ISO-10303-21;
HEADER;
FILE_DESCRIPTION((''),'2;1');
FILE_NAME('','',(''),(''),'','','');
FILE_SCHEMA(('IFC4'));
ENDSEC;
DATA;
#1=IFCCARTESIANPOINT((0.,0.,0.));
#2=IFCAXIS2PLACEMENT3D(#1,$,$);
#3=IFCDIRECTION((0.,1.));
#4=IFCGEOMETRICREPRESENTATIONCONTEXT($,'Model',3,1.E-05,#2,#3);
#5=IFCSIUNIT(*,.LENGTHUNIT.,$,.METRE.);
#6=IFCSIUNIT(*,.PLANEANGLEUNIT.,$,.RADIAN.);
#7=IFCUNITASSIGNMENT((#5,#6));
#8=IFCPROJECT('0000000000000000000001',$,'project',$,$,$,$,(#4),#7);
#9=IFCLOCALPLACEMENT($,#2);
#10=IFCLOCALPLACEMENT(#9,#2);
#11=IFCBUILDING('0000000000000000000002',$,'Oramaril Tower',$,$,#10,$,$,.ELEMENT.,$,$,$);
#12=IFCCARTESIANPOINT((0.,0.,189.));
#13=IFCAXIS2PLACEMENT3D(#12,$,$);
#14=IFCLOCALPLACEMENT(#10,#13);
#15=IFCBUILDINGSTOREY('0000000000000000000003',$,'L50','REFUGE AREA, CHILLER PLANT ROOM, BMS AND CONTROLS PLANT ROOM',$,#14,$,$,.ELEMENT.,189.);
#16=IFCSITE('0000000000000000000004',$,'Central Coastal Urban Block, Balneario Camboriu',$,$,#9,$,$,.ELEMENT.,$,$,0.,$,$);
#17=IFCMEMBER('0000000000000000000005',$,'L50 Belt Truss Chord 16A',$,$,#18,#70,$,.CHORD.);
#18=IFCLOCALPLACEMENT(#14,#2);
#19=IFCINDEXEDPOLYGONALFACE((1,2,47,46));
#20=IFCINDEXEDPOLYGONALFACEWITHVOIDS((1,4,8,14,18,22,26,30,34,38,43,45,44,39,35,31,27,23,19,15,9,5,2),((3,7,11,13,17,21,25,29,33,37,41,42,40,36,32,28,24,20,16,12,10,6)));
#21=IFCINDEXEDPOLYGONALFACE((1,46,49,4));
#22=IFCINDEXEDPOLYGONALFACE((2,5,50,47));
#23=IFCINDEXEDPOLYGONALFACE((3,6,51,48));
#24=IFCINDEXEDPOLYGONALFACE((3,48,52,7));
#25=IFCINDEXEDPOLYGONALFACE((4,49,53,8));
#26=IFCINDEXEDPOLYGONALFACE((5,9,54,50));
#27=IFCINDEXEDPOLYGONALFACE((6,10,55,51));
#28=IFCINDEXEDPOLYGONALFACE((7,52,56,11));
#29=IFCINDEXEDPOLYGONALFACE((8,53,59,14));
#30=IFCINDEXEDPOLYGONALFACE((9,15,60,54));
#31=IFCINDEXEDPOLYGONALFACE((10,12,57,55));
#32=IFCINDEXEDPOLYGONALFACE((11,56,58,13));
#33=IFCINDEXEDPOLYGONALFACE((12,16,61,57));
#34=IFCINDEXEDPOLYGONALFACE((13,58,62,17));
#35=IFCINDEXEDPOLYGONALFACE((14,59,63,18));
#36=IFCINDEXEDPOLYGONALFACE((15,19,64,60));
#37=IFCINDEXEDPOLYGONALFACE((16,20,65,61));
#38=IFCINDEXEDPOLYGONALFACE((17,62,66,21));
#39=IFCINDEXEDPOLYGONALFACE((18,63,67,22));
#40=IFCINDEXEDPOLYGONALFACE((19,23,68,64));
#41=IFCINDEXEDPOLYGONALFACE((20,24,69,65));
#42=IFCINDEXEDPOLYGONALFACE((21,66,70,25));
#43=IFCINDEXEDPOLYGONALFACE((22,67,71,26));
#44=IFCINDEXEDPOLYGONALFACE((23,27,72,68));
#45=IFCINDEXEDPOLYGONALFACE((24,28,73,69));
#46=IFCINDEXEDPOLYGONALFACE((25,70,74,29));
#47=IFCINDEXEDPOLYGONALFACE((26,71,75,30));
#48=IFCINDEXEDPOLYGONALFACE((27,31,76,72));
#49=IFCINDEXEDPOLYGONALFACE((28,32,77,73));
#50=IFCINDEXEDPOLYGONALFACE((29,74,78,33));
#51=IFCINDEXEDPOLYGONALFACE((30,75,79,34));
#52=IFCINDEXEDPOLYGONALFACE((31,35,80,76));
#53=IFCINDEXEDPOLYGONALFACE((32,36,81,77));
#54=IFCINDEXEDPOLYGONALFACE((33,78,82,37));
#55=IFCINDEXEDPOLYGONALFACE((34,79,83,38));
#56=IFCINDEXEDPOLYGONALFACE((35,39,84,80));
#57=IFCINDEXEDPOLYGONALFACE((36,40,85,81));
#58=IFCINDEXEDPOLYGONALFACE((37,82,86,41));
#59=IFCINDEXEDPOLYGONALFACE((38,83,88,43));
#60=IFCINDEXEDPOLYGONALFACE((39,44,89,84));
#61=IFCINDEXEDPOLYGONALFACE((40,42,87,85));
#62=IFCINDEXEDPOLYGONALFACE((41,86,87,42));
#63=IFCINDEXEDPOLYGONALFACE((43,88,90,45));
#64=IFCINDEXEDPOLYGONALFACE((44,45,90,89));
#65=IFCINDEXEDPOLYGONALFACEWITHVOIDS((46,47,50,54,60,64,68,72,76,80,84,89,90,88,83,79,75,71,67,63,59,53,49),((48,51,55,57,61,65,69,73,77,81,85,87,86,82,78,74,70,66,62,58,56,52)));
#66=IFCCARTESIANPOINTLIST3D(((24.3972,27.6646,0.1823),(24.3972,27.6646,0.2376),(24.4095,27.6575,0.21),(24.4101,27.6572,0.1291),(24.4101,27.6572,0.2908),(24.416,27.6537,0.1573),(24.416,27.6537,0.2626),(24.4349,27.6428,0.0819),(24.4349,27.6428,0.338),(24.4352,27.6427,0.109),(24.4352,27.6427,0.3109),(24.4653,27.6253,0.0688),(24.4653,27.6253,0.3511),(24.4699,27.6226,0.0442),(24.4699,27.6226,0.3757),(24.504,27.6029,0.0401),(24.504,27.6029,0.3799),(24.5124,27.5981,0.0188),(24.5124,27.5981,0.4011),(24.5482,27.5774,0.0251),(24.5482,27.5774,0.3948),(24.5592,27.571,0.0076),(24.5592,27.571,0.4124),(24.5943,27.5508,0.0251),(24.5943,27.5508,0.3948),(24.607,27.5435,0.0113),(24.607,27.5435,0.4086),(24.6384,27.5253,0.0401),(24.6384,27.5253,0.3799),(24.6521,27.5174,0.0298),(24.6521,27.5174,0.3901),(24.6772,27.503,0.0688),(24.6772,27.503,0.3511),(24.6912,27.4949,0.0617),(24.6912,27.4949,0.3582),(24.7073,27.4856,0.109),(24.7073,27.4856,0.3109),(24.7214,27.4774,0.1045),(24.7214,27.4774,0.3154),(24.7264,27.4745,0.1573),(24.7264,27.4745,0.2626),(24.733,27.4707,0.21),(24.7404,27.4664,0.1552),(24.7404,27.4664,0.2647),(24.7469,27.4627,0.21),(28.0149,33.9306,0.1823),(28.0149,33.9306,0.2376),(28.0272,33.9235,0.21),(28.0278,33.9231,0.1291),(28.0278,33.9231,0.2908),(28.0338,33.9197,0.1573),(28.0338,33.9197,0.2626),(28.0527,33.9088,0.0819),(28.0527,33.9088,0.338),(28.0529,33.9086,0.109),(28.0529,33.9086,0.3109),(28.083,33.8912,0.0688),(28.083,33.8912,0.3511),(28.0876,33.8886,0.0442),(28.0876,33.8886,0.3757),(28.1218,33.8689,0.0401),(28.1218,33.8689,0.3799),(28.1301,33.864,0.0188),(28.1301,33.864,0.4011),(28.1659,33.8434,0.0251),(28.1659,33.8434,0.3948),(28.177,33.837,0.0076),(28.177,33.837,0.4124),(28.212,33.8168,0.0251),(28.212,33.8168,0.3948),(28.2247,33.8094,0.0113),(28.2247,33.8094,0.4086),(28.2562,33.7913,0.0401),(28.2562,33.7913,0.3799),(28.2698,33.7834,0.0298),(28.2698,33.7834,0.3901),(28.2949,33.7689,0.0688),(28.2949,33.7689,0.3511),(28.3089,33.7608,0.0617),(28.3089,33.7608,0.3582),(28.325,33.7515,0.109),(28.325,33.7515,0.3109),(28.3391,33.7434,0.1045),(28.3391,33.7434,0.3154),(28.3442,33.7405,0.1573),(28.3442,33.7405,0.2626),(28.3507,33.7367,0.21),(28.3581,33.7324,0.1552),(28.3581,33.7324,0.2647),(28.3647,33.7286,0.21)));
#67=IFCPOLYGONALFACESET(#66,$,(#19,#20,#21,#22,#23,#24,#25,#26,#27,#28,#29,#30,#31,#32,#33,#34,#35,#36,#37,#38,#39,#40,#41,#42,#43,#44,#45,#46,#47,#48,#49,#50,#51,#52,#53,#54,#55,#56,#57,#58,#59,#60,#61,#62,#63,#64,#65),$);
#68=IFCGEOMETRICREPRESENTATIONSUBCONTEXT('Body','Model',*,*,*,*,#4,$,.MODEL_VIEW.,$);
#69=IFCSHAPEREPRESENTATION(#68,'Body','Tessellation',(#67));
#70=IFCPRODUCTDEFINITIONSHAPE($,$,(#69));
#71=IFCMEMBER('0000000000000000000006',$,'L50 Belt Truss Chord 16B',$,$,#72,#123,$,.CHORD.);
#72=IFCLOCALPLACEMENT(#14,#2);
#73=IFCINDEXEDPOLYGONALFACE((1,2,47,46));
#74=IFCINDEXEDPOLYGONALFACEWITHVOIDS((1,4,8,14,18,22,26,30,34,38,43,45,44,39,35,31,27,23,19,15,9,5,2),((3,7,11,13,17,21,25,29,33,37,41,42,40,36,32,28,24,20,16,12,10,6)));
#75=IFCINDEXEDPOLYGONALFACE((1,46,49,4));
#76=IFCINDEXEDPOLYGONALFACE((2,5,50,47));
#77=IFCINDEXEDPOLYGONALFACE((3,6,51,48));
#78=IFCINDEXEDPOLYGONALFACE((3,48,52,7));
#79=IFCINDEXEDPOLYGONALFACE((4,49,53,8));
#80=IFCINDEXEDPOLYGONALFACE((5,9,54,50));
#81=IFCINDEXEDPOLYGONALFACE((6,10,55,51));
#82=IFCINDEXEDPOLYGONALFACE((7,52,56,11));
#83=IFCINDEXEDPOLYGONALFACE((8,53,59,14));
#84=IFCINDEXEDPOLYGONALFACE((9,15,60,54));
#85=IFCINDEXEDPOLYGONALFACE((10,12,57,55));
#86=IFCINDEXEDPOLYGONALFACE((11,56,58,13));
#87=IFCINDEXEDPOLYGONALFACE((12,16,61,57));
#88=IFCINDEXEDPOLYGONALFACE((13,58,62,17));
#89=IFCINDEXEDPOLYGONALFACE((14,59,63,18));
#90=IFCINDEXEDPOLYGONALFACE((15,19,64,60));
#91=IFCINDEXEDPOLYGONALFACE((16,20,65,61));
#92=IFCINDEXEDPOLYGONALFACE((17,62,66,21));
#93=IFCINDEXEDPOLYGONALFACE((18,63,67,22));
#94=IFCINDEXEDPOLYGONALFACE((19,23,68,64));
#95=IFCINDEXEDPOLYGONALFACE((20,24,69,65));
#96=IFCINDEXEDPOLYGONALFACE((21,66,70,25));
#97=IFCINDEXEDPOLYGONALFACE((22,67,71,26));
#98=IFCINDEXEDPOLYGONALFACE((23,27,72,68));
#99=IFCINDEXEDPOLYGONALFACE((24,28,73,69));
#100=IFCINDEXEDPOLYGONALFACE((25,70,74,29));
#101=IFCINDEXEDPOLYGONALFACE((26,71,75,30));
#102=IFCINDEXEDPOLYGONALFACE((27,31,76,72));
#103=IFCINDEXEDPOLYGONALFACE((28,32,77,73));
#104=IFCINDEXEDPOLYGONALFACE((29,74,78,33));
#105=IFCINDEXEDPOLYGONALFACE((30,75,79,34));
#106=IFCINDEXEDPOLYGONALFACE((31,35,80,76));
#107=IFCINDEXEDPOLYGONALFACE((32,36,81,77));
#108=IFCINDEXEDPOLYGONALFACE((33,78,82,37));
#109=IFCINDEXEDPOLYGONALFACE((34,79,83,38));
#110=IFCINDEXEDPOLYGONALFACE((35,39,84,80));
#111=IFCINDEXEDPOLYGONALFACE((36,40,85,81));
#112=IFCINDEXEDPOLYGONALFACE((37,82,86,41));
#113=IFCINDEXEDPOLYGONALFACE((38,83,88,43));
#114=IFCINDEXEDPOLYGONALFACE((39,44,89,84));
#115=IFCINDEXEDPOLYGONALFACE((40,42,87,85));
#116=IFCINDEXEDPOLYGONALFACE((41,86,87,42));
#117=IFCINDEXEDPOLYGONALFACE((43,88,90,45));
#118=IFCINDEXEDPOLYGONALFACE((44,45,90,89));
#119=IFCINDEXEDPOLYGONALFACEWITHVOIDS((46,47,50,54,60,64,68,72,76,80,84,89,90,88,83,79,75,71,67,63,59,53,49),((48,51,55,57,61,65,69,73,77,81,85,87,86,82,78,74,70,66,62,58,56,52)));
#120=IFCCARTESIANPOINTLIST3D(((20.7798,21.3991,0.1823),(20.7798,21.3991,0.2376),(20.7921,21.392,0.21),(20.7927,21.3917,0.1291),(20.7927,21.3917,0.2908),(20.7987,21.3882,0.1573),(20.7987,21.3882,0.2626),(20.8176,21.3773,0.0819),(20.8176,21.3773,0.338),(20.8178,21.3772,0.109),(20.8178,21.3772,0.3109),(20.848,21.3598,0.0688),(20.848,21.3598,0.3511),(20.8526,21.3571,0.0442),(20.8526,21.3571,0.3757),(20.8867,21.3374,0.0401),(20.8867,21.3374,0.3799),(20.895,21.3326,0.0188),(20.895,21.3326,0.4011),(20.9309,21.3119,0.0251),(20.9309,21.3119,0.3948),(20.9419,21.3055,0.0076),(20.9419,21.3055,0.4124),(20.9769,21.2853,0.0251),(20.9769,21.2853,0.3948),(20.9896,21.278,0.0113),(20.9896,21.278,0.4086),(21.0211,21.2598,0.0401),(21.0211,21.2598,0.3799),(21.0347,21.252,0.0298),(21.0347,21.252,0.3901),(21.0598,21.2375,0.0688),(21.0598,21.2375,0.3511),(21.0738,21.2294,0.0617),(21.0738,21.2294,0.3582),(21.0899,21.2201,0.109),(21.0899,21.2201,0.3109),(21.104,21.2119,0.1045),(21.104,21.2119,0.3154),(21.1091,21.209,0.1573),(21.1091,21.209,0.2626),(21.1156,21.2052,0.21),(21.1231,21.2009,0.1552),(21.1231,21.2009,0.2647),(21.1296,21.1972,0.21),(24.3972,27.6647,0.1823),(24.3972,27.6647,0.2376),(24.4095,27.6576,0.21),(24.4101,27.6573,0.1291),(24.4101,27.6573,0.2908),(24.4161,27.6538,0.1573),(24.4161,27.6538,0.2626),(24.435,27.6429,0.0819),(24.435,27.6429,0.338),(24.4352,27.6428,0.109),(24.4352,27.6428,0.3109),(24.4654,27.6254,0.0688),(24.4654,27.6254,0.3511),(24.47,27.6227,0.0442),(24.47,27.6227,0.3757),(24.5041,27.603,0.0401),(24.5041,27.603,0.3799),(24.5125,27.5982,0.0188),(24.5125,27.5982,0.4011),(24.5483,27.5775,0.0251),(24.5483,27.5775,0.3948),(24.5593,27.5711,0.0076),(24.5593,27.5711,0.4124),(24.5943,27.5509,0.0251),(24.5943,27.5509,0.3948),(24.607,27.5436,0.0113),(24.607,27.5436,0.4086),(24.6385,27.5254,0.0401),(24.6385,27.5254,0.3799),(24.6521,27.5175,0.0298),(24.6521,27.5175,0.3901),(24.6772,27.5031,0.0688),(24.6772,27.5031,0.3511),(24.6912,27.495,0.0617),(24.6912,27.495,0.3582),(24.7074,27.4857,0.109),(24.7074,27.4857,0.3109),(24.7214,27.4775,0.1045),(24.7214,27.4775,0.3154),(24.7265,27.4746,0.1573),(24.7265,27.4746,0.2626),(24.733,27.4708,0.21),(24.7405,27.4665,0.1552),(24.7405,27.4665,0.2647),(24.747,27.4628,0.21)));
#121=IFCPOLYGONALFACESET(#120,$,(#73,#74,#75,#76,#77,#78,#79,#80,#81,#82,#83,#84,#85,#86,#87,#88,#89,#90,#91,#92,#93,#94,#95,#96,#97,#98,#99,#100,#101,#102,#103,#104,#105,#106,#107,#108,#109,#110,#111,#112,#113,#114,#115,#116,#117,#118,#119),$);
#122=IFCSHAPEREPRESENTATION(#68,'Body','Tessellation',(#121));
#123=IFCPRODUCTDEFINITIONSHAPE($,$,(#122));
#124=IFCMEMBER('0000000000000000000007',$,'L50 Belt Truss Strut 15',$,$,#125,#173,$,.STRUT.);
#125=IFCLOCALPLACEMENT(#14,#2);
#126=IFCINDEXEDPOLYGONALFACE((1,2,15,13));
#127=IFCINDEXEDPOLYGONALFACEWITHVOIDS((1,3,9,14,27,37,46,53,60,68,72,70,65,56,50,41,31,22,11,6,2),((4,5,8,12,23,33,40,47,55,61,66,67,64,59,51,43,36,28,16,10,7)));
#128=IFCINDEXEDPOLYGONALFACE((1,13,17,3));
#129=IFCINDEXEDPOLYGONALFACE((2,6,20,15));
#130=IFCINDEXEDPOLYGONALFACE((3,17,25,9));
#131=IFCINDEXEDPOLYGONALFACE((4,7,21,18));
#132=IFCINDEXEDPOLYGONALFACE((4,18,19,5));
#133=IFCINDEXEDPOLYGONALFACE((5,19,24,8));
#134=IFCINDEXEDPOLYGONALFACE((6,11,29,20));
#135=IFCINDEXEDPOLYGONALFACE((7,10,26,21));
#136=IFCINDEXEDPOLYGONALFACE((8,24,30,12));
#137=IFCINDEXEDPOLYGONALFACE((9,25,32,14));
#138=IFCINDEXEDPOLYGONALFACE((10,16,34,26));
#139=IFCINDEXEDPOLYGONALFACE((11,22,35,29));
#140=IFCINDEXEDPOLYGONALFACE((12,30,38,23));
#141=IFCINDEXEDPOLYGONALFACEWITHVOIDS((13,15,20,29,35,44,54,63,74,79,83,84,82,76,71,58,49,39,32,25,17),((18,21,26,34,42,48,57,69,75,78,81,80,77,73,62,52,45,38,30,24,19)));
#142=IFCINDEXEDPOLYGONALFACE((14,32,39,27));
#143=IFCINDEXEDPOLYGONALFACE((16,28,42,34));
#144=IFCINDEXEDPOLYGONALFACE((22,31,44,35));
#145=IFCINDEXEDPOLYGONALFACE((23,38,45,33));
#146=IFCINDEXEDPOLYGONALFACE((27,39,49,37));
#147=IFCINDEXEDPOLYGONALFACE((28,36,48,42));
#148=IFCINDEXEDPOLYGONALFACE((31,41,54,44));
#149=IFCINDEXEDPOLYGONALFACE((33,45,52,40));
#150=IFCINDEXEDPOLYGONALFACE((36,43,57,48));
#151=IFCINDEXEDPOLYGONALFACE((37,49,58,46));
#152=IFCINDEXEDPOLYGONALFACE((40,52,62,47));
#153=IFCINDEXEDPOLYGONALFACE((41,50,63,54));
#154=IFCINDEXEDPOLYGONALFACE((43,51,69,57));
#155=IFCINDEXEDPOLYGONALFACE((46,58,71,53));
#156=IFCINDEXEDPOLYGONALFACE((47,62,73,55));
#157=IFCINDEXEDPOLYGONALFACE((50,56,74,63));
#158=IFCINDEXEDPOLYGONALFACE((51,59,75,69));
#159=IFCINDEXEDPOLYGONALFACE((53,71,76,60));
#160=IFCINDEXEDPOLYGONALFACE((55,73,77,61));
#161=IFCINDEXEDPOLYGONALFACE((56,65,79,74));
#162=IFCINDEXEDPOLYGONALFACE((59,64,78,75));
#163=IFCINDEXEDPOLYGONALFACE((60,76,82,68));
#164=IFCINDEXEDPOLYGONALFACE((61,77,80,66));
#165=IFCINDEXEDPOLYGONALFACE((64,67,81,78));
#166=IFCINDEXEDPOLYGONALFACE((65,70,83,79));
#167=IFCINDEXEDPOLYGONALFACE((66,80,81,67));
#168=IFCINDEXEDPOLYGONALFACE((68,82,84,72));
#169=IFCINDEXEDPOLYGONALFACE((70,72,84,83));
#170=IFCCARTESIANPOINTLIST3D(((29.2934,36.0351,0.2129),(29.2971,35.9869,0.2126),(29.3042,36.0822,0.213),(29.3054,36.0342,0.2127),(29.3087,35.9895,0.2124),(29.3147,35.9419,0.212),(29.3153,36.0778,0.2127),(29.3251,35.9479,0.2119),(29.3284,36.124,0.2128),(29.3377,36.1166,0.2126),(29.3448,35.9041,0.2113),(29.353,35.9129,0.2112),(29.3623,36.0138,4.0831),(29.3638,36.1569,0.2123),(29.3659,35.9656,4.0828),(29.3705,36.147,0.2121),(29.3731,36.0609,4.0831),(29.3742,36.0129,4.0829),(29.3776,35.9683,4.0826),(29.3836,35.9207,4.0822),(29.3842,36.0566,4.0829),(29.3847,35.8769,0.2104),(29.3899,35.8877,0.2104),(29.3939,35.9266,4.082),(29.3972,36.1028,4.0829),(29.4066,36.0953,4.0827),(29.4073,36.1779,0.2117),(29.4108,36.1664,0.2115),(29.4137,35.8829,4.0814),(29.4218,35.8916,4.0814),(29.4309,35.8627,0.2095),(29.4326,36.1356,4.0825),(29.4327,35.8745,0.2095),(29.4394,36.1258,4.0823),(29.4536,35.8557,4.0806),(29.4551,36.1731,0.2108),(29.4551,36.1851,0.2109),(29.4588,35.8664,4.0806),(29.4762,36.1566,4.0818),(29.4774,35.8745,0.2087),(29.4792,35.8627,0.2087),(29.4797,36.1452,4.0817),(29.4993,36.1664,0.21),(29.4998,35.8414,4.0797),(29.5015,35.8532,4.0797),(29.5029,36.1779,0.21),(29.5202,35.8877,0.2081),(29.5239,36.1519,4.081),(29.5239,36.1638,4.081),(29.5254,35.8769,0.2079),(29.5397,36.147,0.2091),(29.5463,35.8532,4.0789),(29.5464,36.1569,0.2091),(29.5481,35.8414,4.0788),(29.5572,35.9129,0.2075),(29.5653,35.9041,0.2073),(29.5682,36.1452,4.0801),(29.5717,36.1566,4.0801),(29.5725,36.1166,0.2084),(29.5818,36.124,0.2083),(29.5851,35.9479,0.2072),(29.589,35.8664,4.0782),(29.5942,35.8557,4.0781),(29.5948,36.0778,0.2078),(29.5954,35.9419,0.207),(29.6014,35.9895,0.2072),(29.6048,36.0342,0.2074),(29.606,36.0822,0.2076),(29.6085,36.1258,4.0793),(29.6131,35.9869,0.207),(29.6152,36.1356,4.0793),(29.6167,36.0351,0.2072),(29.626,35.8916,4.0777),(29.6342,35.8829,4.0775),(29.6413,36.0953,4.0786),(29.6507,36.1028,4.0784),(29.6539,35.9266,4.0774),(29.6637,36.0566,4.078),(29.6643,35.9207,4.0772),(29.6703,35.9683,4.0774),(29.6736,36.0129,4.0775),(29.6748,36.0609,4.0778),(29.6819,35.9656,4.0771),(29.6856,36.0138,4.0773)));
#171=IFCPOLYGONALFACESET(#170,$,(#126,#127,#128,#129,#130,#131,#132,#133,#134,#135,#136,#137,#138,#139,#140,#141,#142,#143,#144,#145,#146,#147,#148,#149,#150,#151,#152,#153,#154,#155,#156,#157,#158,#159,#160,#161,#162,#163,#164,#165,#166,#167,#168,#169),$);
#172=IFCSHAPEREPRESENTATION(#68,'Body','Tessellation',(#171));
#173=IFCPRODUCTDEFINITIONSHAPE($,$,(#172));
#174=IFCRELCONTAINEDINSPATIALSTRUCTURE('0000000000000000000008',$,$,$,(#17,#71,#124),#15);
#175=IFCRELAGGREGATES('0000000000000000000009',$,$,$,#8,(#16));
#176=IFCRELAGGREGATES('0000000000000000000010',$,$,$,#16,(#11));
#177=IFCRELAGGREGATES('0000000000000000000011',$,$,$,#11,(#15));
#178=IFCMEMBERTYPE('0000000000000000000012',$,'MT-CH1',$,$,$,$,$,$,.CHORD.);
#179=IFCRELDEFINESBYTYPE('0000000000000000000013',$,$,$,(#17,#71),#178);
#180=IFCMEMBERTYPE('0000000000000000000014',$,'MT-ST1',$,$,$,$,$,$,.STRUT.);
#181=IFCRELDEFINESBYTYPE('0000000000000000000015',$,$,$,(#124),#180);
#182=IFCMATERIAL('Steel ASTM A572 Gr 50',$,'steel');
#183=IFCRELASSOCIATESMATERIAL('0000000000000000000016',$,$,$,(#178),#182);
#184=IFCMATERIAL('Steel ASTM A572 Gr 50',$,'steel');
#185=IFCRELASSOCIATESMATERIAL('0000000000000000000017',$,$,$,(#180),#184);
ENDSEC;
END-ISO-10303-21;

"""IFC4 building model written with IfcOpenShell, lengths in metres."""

from ifc_helpers import new_model, si_unit, direction, frame, origin, origin_2d, place, context, subcontext, project, spatial, hollow_circle, extrude, material, material_profile, profile_set, type_object, element, save


model = new_model("IFC4")

# Units and contexts
model_context = context("Model", 3, precision=1e-05, world=origin(), true_north=direction((0.0, 1.0)))
body_context = subcontext(model_context, "Body", "Model", "MODEL_VIEW")
ifc_project = project(units=[si_unit("LENGTHUNIT", "METRE"), si_unit("PLANEANGLEUNIT", "RADIAN")], contexts=[model_context])

# Site, building, storey
site_placement = place(None, origin())
site = spatial("IfcSite", under=ifc_project, at=site_placement, Name="Central Coastal Urban Block, Balneario Camboriu", CompositionType="ELEMENT", RefElevation=0.0)
building_placement = place(site_placement, origin())
building = spatial("IfcBuilding", under=site, at=building_placement, Name="Oramaril Tower", CompositionType="ELEMENT")
storey_placement = place(building_placement, frame((0.0, 0.0, 189.0)))
storey = spatial("IfcBuildingStorey", under=building, at=storey_placement, Name="L50", Description="REFUGE AREA, CHILLER PLANT ROOM, BMS AND CONTROLS PLANT ROOM", CompositionType="ELEMENT", Elevation=189.0)

# Members
ifc_material_1 = material(Name="Steel ASTM A572 Gr 50", Category="steel")
ifc_material_profile_1 = material_profile(ifc_material_1, hollow_circle(Radius=0.2029, WallThickness=0.0161, at=origin_2d()), Name="CHS406X16")
ifc_profile_set_1 = profile_set([ifc_material_profile_1], Name="Steel ASTM A572 Gr 50")
member_type_1 = type_object("IfcMemberType", Name="MT-CH1", PredefinedType="CHORD", material=ifc_profile_set_1)
member_1_placement = place(storey_placement, frame((28.189, 33.8301, 0.21), z_axis=(-0.500008, -0.866021, 0.0), x_axis=(0.866021, -0.500008, 0.0)))
element("IfcMember", 1, at=member_1_placement, inside=storey, type_object=member_type_1, Name="L50 Belt Truss Chord 16A", PredefinedType="CHORD", context=body_context, shape_type="SweptSolid", body=[
    extrude(hollow_circle(Radius=0.2029, WallThickness=0.0161, at=origin_2d()), origin(), (0.0, 0.0, 1.0), 7.2354),
])
member_2_placement = place(storey_placement, frame((24.5713, 27.5642, 0.21), z_axis=(-0.499997, -0.866027, 0.0), x_axis=(0.866027, -0.499997, 0.0)))
element("IfcMember", 2, at=member_2_placement, inside=storey, type_object=member_type_1, Name="L50 Belt Truss Chord 16B", PredefinedType="CHORD", context=body_context, shape_type="SweptSolid", body=[
    extrude(hollow_circle(Radius=0.2029, WallThickness=0.0161, at=origin_2d()), origin(), (0.0, 0.0, 1.0), 7.2349),
])
ifc_material_2 = material(Name="Steel ASTM A572 Gr 50", Category="steel")
ifc_material_profile_2 = material_profile(ifc_material_2, hollow_circle(Radius=0.1621, WallThickness=0.012, at=origin_2d()), Name="CHS324X12")
ifc_profile_set_2 = profile_set([ifc_material_profile_2], Name="Steel ASTM A572 Gr 50")
member_type_2 = type_object("IfcMemberType", Name="MT-ST1", PredefinedType="STRUT", material=ifc_profile_set_2)
for number, where, z_axis, x_axis, name in (
    (3, (29.4551, 36.0229, 0.21), (0.017786, -0.005487, 0.999827), (0.2948, 0.955559, 0.0), "L50 Belt Truss Strut 15"),
):
    element("IfcMember", number, at=place(storey_placement, frame(where, z_axis=z_axis, x_axis=x_axis)), inside=storey, type_object=member_type_2, Name=name, PredefinedType="STRUT", context=body_context, shape_type="SweptSolid", body=[
        extrude(hollow_circle(Radius=0.1621, WallThickness=0.012, at=origin_2d()), origin(), (0.0, 0.0, 1.0), 3.8708),
    ])

save(model, "model.ifc")
